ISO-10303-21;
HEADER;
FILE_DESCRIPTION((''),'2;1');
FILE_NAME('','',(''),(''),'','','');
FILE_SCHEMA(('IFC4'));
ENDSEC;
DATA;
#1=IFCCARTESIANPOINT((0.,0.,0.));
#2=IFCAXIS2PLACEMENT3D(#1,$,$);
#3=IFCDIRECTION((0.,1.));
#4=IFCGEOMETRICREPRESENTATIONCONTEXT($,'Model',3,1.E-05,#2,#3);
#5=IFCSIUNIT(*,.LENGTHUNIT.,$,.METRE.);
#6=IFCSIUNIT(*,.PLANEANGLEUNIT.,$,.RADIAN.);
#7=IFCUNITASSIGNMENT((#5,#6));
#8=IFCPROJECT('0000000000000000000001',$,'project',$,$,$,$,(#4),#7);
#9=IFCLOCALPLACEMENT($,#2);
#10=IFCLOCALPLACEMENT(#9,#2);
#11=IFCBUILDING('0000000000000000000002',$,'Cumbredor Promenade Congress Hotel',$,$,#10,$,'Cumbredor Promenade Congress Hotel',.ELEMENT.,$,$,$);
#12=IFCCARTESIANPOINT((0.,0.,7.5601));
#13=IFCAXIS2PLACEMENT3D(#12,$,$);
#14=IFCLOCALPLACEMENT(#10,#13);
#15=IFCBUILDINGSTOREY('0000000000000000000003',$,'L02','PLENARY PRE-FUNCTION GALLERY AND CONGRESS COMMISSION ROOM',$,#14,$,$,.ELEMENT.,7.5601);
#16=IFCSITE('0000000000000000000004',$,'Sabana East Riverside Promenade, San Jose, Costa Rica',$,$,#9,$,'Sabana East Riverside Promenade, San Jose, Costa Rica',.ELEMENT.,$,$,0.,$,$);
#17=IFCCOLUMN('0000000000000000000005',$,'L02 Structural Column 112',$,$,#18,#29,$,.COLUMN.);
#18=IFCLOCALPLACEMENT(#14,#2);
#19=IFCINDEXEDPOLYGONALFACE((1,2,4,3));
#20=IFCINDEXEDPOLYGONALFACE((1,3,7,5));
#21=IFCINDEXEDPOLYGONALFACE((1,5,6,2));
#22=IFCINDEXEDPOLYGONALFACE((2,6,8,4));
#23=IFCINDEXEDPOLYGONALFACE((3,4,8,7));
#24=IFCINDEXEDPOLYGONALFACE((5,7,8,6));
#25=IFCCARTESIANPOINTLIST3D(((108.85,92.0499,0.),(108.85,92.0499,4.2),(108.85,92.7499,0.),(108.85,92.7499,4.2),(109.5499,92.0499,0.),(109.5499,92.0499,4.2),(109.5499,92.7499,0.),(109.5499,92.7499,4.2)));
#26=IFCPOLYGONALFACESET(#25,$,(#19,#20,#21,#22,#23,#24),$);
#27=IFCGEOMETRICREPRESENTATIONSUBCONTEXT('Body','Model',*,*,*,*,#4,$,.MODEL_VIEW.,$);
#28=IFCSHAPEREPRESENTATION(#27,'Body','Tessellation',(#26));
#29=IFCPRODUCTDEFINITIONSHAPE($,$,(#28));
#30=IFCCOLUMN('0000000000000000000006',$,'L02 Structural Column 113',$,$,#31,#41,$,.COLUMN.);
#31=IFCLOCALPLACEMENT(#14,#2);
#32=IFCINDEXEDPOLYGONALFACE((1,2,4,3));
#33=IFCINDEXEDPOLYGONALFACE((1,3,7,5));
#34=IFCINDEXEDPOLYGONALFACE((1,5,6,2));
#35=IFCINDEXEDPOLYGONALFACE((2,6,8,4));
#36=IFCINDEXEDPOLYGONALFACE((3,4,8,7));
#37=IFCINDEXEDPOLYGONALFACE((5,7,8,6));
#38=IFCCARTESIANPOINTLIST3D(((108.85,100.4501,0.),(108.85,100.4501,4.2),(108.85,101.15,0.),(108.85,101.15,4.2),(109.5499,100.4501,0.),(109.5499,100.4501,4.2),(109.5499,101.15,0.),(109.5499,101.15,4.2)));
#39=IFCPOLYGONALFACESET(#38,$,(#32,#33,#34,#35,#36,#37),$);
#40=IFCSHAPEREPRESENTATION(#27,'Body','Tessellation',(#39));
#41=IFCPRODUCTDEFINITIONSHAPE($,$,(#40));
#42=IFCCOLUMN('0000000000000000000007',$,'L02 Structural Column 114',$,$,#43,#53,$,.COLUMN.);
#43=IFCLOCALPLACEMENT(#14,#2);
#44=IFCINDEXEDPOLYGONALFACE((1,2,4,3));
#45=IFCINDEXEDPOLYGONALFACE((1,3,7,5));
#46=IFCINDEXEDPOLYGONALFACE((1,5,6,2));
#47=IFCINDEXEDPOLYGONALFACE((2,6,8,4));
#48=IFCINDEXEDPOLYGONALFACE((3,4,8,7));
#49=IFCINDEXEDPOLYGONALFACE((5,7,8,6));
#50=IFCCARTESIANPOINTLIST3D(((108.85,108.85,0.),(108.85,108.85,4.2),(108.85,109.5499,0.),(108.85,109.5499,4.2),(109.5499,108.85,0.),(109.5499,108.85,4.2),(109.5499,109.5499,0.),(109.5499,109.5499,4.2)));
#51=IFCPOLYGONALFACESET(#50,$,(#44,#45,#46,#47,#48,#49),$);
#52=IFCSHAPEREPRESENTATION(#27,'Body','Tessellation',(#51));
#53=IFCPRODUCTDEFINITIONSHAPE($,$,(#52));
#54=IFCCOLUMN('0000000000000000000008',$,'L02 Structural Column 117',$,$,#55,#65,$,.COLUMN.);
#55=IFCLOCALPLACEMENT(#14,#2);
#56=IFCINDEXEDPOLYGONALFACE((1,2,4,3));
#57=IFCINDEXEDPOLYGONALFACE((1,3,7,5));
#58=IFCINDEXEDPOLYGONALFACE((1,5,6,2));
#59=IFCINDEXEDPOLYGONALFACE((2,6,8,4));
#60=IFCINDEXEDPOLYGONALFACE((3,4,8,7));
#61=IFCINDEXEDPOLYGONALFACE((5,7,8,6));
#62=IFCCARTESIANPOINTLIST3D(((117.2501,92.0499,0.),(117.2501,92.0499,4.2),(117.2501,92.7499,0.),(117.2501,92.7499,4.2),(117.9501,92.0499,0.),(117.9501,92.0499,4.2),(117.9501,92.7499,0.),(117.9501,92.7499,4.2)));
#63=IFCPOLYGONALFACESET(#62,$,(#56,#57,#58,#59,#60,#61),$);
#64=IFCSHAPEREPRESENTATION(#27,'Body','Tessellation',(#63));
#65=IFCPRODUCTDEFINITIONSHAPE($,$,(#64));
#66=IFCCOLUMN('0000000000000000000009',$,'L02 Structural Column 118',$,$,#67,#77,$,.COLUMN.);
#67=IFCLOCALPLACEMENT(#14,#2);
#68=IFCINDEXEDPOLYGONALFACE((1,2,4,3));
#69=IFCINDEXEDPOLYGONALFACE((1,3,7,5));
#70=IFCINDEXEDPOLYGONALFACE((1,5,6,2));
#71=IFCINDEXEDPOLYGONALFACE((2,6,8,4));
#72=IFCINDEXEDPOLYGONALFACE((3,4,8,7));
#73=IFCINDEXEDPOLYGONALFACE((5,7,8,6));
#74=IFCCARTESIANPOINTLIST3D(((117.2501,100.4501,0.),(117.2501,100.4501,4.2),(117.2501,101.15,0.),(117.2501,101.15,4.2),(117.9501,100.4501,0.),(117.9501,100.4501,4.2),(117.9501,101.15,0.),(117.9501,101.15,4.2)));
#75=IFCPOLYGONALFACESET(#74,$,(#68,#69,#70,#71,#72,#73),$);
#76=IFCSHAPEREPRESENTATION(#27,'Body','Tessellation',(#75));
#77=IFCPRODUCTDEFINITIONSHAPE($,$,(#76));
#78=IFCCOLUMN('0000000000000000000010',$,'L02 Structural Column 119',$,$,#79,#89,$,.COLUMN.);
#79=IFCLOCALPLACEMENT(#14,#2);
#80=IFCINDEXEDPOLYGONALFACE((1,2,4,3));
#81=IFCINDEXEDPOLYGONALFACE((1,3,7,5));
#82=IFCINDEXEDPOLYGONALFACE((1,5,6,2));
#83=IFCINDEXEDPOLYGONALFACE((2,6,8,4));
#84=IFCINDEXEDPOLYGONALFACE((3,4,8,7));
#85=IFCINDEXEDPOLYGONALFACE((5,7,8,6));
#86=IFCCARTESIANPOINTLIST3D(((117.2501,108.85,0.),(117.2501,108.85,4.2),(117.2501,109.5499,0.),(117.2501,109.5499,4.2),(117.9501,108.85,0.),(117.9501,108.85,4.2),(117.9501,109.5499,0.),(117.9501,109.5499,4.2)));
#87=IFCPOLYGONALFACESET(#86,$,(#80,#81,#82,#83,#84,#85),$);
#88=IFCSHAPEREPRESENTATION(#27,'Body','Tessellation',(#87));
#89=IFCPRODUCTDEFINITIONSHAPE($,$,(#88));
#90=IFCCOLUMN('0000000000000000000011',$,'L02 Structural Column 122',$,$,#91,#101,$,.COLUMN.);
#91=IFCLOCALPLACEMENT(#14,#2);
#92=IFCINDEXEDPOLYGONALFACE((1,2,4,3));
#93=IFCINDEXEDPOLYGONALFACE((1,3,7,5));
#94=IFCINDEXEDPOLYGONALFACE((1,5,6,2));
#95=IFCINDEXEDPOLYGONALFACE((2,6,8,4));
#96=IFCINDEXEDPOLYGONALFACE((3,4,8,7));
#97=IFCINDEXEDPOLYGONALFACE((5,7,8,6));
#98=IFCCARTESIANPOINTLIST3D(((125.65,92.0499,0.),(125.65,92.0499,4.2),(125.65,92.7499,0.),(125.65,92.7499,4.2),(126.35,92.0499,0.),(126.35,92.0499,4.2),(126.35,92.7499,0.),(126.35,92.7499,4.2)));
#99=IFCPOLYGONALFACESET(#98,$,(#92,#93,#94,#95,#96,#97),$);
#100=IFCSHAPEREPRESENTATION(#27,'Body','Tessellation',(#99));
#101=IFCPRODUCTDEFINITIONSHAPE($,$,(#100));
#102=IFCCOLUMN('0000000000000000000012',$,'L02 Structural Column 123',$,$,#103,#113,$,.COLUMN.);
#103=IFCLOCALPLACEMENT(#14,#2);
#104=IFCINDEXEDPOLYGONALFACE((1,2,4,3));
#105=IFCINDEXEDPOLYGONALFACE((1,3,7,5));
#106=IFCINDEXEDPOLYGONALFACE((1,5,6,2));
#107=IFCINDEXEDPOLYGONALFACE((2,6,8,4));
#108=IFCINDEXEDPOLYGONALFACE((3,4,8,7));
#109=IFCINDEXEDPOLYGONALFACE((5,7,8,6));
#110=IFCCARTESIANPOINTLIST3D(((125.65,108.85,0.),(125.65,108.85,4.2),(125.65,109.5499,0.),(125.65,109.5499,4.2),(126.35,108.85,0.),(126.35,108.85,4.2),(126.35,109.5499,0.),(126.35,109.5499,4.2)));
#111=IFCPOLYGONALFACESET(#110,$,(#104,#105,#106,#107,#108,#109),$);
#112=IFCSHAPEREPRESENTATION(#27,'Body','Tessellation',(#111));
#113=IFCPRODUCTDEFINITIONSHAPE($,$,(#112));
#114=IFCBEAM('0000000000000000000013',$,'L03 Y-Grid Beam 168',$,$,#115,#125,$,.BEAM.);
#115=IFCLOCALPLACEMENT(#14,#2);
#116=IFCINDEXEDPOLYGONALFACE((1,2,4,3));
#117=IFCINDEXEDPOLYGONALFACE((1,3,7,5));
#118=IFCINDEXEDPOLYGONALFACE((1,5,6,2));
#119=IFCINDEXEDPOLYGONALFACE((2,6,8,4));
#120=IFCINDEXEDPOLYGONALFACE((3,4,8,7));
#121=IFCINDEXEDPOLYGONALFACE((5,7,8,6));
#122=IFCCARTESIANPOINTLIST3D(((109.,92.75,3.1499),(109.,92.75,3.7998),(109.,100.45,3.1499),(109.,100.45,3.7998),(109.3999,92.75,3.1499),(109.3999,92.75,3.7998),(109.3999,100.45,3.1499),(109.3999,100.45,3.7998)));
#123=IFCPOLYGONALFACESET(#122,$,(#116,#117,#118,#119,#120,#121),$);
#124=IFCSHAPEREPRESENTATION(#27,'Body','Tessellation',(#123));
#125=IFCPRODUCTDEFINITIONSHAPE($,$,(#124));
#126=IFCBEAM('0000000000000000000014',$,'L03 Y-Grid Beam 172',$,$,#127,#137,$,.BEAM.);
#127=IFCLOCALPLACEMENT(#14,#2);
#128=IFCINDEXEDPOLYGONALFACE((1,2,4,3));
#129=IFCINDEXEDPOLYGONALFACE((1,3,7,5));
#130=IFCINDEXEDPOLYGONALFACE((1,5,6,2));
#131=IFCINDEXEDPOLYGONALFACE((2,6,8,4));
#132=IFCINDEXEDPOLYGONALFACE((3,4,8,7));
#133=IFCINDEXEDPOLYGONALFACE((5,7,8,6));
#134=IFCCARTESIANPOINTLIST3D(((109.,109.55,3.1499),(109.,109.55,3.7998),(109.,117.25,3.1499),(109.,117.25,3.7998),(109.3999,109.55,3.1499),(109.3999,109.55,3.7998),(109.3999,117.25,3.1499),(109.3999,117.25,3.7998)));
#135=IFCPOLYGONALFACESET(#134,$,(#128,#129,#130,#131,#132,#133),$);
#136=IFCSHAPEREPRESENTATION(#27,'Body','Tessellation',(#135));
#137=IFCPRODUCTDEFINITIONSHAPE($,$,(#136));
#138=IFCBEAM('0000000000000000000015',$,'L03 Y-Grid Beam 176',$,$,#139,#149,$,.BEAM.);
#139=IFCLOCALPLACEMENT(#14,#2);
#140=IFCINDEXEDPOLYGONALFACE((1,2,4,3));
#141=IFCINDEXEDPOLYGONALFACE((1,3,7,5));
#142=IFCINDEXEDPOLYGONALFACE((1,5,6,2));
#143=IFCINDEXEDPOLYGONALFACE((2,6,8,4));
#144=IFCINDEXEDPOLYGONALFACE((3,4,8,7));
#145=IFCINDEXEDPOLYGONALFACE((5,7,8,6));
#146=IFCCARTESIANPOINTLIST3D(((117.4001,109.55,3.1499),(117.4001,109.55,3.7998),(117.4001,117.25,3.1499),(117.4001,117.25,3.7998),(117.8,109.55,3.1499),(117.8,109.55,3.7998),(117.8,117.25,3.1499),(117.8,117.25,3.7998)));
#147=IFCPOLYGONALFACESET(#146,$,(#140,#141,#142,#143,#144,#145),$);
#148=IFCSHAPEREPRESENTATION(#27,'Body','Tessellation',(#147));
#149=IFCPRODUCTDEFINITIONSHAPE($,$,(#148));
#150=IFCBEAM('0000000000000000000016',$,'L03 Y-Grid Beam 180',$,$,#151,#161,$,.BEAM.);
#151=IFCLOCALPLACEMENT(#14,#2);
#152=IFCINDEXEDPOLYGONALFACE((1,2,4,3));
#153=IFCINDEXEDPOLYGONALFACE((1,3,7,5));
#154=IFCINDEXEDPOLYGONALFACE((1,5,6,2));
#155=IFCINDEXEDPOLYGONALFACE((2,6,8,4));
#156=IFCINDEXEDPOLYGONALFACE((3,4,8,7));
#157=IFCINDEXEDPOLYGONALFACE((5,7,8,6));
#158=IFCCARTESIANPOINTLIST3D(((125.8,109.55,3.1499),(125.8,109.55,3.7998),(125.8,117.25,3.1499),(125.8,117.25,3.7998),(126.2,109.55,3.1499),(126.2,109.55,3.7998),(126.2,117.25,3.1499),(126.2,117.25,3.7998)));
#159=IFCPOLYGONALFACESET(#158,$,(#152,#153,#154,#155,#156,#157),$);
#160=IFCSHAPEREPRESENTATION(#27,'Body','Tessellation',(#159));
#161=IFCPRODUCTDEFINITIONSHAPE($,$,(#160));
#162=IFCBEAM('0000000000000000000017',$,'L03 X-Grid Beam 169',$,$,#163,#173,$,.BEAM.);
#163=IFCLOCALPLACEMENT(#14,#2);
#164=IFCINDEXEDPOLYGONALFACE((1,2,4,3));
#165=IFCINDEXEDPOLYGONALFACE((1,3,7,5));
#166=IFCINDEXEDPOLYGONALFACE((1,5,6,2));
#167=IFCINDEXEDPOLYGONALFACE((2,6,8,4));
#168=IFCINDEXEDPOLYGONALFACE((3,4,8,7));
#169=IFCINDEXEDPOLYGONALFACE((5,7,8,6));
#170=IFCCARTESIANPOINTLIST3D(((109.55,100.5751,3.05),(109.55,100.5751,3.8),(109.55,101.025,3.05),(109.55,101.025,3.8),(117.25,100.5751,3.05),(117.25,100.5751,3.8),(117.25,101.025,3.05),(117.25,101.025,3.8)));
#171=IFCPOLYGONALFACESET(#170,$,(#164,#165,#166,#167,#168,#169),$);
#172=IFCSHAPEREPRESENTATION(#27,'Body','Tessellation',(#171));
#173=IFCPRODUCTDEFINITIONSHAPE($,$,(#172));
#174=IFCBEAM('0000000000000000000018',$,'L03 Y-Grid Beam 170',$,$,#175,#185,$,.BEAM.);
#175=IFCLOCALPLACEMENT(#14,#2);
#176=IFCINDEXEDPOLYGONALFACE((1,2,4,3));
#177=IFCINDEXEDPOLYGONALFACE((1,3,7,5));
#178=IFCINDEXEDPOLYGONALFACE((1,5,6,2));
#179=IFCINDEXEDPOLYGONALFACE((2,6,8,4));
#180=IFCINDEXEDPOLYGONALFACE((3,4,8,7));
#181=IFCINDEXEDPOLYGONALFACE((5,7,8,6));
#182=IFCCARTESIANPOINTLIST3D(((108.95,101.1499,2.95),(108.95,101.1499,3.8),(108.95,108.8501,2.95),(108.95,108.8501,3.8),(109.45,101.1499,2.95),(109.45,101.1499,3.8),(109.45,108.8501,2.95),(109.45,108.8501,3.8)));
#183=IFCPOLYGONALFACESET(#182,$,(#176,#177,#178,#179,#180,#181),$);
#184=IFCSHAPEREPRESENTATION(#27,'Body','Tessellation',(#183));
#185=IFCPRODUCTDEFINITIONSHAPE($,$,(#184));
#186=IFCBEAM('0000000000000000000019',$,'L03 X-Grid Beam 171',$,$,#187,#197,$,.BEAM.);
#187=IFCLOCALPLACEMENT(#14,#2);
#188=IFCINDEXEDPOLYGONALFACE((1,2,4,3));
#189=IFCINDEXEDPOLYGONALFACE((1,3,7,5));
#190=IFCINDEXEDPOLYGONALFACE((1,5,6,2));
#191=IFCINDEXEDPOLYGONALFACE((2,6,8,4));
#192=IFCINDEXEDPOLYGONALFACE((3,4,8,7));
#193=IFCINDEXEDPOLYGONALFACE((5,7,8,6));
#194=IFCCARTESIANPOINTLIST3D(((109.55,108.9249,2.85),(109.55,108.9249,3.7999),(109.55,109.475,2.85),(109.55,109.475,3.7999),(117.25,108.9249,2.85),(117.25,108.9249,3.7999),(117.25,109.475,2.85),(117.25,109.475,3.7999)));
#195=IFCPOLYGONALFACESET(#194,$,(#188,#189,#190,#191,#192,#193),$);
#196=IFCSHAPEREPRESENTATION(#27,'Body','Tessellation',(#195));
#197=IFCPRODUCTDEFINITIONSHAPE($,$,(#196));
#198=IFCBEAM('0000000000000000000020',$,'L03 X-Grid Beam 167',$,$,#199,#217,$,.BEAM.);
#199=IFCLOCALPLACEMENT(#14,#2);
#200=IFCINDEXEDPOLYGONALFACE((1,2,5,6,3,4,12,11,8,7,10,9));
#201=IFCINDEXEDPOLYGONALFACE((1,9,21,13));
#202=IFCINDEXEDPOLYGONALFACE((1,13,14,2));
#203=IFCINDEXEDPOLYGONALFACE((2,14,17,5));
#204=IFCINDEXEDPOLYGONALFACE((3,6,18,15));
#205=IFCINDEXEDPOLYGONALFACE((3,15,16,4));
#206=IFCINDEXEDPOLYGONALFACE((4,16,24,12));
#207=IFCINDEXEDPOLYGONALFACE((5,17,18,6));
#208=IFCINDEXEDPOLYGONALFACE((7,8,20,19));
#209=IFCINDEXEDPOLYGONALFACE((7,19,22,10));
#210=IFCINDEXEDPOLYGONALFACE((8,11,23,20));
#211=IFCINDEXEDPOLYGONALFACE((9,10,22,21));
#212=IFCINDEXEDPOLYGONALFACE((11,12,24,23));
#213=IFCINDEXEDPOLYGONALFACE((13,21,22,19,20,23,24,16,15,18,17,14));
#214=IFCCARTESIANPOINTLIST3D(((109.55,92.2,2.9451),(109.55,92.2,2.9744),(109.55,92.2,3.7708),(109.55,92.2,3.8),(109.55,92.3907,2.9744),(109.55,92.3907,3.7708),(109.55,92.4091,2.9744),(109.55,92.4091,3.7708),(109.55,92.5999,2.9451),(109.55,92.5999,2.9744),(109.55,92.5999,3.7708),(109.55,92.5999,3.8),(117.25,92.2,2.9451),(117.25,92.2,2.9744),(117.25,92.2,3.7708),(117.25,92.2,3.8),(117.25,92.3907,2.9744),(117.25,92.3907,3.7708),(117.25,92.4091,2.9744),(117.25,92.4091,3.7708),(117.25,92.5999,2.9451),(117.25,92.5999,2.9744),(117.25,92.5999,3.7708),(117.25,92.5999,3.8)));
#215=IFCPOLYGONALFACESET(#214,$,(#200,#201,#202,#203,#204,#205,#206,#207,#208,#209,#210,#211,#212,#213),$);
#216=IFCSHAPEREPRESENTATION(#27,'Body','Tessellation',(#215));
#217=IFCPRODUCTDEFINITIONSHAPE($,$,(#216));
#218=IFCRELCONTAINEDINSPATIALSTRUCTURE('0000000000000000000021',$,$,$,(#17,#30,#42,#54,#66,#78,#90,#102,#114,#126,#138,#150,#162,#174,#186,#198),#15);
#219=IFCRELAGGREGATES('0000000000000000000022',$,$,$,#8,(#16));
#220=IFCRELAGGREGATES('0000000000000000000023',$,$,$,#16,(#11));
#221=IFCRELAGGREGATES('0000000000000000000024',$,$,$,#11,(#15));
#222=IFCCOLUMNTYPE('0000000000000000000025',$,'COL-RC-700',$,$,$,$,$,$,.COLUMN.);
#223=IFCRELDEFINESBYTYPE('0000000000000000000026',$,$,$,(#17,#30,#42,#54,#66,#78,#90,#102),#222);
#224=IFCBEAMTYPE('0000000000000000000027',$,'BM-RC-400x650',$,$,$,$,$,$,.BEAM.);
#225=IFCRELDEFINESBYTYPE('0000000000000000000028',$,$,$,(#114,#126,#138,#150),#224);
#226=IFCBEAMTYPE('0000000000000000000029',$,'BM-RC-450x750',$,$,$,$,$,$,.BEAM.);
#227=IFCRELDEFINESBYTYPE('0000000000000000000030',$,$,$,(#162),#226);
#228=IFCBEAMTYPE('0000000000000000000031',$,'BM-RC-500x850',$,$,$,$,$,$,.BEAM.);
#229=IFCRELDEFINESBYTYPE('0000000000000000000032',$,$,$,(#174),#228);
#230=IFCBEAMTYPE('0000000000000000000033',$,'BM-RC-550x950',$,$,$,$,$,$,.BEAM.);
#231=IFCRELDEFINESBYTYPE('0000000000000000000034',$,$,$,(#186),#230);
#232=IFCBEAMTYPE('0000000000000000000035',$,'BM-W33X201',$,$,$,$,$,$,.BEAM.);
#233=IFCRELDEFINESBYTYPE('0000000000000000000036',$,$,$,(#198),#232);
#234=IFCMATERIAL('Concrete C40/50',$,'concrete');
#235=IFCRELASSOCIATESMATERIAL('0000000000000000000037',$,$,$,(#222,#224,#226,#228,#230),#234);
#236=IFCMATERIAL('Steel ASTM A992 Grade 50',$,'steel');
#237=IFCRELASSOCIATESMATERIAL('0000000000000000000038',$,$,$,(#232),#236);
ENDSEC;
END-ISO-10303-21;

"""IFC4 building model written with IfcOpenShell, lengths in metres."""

from ifc_helpers import new_model, si_unit, direction, frame, origin, origin_2d, place, context, subcontext, project, spatial, rectangle, i_section, extrude, material, material_profile, profile_set, type_object, element, save


model = new_model("IFC4")

# Units and contexts
model_context = context("Model", 3, precision=1e-05, world=origin(), true_north=direction((0.0, 1.0)))
body_context = subcontext(model_context, "Body", "Model", "MODEL_VIEW")
ifc_project = project(units=[si_unit("LENGTHUNIT", "METRE"), si_unit("PLANEANGLEUNIT", "RADIAN")], contexts=[model_context])

# Site, building, storey
site_placement = place(None, origin())
site = spatial("IfcSite", under=ifc_project, at=site_placement, Name="Sabana East Riverside Promenade, San Jose, Costa Rica", LongName="Sabana East Riverside Promenade, San Jose, Costa Rica", CompositionType="ELEMENT", RefElevation=0.0)
building_placement = place(site_placement, origin())
building = spatial("IfcBuilding", under=site, at=building_placement, Name="Cumbredor Promenade Congress Hotel", LongName="Cumbredor Promenade Congress Hotel", CompositionType="ELEMENT")
storey_placement = place(building_placement, frame((0.0, 0.0, 7.5601)))
storey = spatial("IfcBuildingStorey", under=building, at=storey_placement, Name="L02", Description="PLENARY PRE-FUNCTION GALLERY AND CONGRESS COMMISSION ROOM", CompositionType="ELEMENT", Elevation=7.5601)

# Columns
ifc_material_1 = material(Name="Concrete C40/50", Category="concrete")
ifc_material_profile_1 = material_profile(ifc_material_1, rectangle(XDim=0.7, YDim=0.7, at=origin_2d()), Name="RC 700x700")
ifc_profile_set_1 = profile_set([ifc_material_profile_1], Name="Concrete C40/50")
column_type = type_object("IfcColumnType", Name="COL-RC-700", PredefinedType="COLUMN", material=ifc_profile_set_1)
for number, where, z_axis, x_axis, name in (
    (1, (109.2, 92.3999, 0.0), (0.0, 0.0, 1.0), (1.0, 0.0, 0.0), "L02 Structural Column 112"),
    (2, (109.2, 100.8, 0.0), (0.0, 0.0, 1.0), (1.0, 0.0, 0.0), "L02 Structural Column 113"),
    (3, (109.2, 109.2, 0.0), (0.0, 0.0, 1.0), (1.0, 0.0, 0.0), "L02 Structural Column 114"),
    (4, (117.6001, 92.3999, 0.0), (0.0, 0.0, 1.0), (1.0, 0.0, 0.0), "L02 Structural Column 117"),
    (5, (117.6001, 100.8, 0.0), (0.0, 0.0, 1.0), (1.0, 0.0, 0.0), "L02 Structural Column 118"),
    (6, (117.6001, 109.2, 0.0), (0.0, 0.0, 1.0), (1.0, 0.0, 0.0), "L02 Structural Column 119"),
    (7, (126.0, 92.3999, 0.0), (0.0, 0.0, 1.0), (1.0, 0.0, 0.0), "L02 Structural Column 122"),
    (8, (126.0, 109.2, 0.0), (0.0, 0.0, 1.0), (1.0, 0.0, 0.0), "L02 Structural Column 123"),
):
    element("IfcColumn", number, at=place(storey_placement, frame(where, z_axis=z_axis, x_axis=x_axis)), inside=storey, type_object=column_type, Name=name, PredefinedType="COLUMN", context=body_context, shape_type="SweptSolid", body=[
        extrude(rectangle(XDim=0.7, YDim=0.7, at=origin_2d()), origin(), (0.0, 0.0, 1.0), 4.2),
    ])

# Beams
ifc_material_profile_2 = material_profile(ifc_material_1, rectangle(XDim=0.3999, YDim=0.6499, at=origin_2d()), Name="RC BEAM 400x650")
ifc_profile_set_2 = profile_set([ifc_material_profile_2], Name="Concrete C40/50")
beam_type_1 = type_object("IfcBeamType", Name="BM-RC-400x650", PredefinedType="BEAM", material=ifc_profile_set_2)
for number, where, z_axis, x_axis, name in (
    (9, (109.2, 92.75, 3.4749), (0.0, 1.0, 0.0), (-1.0, 0.0, 0.0), "L03 Y-Grid Beam 168"),
    (10, (109.2, 109.55, 3.4749), (0.0, 1.0, 0.0), (-1.0, 0.0, 0.0), "L03 Y-Grid Beam 172"),
    (11, (117.6001, 109.55, 3.4749), (0.0, 1.0, 0.0), (-1.0, 0.0, 0.0), "L03 Y-Grid Beam 176"),
    (12, (126.0, 109.55, 3.4749), (0.0, 1.0, 0.0), (-1.0, 0.0, 0.0), "L03 Y-Grid Beam 180"),
):
    element("IfcBeam", number, at=place(storey_placement, frame(where, z_axis=z_axis, x_axis=x_axis)), inside=storey, type_object=beam_type_1, Name=name, PredefinedType="BEAM", context=body_context, shape_type="SweptSolid", body=[
        extrude(rectangle(XDim=0.3999, YDim=0.6499, at=origin_2d()), origin(), (0.0, 0.0, 1.0), 7.7),
    ])
ifc_material_profile_3 = material_profile(ifc_material_1, rectangle(XDim=0.45, YDim=0.75, at=origin_2d()), Name="RC BEAM 450x750")
ifc_profile_set_3 = profile_set([ifc_material_profile_3], Name="Concrete C40/50")
beam_type_2 = type_object("IfcBeamType", Name="BM-RC-450x750", PredefinedType="BEAM", material=ifc_profile_set_3)
beam_1_placement = place(storey_placement, frame((109.55, 100.8, 3.425), z_axis=(1.0, 0.0, 0.0), x_axis=(0.0, 1.0, 0.0)))
element("IfcBeam", 13, at=beam_1_placement, inside=storey, type_object=beam_type_2, Name="L03 X-Grid Beam 169", PredefinedType="BEAM", context=body_context, shape_type="SweptSolid", body=[
    extrude(rectangle(XDim=0.45, YDim=0.75, at=origin_2d()), origin(), (0.0, 0.0, 1.0), 7.7),
])
ifc_material_profile_4 = material_profile(ifc_material_1, rectangle(XDim=0.5, YDim=0.8501, at=origin_2d()), Name="RC BEAM 500x850")
ifc_profile_set_4 = profile_set([ifc_material_profile_4], Name="Concrete C40/50")
beam_type_3 = type_object("IfcBeamType", Name="BM-RC-500x850", PredefinedType="BEAM", material=ifc_profile_set_4)
beam_2_placement = place(storey_placement, frame((109.2, 101.1499, 3.375), z_axis=(0.0, 1.0, 0.0), x_axis=(-1.0, 0.0, 0.0)))
element("IfcBeam", 14, at=beam_2_placement, inside=storey, type_object=beam_type_3, Name="L03 Y-Grid Beam 170", PredefinedType="BEAM", context=body_context, shape_type="SweptSolid", body=[
    extrude(rectangle(XDim=0.5, YDim=0.8501, at=origin_2d()), origin(), (0.0, 0.0, 1.0), 7.7002),
])
ifc_material_profile_5 = material_profile(ifc_material_1, rectangle(XDim=0.55, YDim=0.95, at=origin_2d()), Name="RC BEAM 550x950")
ifc_profile_set_5 = profile_set([ifc_material_profile_5], Name="Concrete C40/50")
beam_type_4 = type_object("IfcBeamType", Name="BM-RC-550x950", PredefinedType="BEAM", material=ifc_profile_set_5)
beam_3_placement = place(storey_placement, frame((109.55, 109.2, 3.325), z_axis=(1.0, 0.0, 0.0), x_axis=(0.0, 1.0, 0.0)))
element("IfcBeam", 15, at=beam_3_placement, inside=storey, type_object=beam_type_4, Name="L03 X-Grid Beam 171", PredefinedType="BEAM", context=body_context, shape_type="SweptSolid", body=[
    extrude(rectangle(XDim=0.55, YDim=0.95, at=origin_2d()), origin(), (0.0, 0.0, 1.0), 7.7),
])
ifc_material_2 = material(Name="Steel ASTM A992 Grade 50", Category="steel")
ifc_material_profile_6 = material_profile(ifc_material_2, i_section(OverallWidth=0.3999, OverallDepth=0.855, WebThickness=0.0183, FlangeThickness=0.0293, at=origin_2d()), Name="W33X201")
ifc_profile_set_6 = profile_set([ifc_material_profile_6], Name="Steel ASTM A992 Grade 50")
beam_type_5 = type_object("IfcBeamType", Name="BM-W33X201", PredefinedType="BEAM", material=ifc_profile_set_6)
beam_4_placement = place(storey_placement, frame((109.55, 92.3999, 3.3726), z_axis=(1.0, 0.0, 0.0), x_axis=(0.0, 1.0, 0.0)))
element("IfcBeam", 16, at=beam_4_placement, inside=storey, type_object=beam_type_5, Name="L03 X-Grid Beam 167", PredefinedType="BEAM", context=body_context, shape_type="SweptSolid", body=[
    extrude(i_section(OverallWidth=0.3999, OverallDepth=0.855, WebThickness=0.0183, FlangeThickness=0.0293, at=origin_2d()), origin(), (0.0, 0.0, 1.0), 7.7),
])

save(model, "model.ifc")
